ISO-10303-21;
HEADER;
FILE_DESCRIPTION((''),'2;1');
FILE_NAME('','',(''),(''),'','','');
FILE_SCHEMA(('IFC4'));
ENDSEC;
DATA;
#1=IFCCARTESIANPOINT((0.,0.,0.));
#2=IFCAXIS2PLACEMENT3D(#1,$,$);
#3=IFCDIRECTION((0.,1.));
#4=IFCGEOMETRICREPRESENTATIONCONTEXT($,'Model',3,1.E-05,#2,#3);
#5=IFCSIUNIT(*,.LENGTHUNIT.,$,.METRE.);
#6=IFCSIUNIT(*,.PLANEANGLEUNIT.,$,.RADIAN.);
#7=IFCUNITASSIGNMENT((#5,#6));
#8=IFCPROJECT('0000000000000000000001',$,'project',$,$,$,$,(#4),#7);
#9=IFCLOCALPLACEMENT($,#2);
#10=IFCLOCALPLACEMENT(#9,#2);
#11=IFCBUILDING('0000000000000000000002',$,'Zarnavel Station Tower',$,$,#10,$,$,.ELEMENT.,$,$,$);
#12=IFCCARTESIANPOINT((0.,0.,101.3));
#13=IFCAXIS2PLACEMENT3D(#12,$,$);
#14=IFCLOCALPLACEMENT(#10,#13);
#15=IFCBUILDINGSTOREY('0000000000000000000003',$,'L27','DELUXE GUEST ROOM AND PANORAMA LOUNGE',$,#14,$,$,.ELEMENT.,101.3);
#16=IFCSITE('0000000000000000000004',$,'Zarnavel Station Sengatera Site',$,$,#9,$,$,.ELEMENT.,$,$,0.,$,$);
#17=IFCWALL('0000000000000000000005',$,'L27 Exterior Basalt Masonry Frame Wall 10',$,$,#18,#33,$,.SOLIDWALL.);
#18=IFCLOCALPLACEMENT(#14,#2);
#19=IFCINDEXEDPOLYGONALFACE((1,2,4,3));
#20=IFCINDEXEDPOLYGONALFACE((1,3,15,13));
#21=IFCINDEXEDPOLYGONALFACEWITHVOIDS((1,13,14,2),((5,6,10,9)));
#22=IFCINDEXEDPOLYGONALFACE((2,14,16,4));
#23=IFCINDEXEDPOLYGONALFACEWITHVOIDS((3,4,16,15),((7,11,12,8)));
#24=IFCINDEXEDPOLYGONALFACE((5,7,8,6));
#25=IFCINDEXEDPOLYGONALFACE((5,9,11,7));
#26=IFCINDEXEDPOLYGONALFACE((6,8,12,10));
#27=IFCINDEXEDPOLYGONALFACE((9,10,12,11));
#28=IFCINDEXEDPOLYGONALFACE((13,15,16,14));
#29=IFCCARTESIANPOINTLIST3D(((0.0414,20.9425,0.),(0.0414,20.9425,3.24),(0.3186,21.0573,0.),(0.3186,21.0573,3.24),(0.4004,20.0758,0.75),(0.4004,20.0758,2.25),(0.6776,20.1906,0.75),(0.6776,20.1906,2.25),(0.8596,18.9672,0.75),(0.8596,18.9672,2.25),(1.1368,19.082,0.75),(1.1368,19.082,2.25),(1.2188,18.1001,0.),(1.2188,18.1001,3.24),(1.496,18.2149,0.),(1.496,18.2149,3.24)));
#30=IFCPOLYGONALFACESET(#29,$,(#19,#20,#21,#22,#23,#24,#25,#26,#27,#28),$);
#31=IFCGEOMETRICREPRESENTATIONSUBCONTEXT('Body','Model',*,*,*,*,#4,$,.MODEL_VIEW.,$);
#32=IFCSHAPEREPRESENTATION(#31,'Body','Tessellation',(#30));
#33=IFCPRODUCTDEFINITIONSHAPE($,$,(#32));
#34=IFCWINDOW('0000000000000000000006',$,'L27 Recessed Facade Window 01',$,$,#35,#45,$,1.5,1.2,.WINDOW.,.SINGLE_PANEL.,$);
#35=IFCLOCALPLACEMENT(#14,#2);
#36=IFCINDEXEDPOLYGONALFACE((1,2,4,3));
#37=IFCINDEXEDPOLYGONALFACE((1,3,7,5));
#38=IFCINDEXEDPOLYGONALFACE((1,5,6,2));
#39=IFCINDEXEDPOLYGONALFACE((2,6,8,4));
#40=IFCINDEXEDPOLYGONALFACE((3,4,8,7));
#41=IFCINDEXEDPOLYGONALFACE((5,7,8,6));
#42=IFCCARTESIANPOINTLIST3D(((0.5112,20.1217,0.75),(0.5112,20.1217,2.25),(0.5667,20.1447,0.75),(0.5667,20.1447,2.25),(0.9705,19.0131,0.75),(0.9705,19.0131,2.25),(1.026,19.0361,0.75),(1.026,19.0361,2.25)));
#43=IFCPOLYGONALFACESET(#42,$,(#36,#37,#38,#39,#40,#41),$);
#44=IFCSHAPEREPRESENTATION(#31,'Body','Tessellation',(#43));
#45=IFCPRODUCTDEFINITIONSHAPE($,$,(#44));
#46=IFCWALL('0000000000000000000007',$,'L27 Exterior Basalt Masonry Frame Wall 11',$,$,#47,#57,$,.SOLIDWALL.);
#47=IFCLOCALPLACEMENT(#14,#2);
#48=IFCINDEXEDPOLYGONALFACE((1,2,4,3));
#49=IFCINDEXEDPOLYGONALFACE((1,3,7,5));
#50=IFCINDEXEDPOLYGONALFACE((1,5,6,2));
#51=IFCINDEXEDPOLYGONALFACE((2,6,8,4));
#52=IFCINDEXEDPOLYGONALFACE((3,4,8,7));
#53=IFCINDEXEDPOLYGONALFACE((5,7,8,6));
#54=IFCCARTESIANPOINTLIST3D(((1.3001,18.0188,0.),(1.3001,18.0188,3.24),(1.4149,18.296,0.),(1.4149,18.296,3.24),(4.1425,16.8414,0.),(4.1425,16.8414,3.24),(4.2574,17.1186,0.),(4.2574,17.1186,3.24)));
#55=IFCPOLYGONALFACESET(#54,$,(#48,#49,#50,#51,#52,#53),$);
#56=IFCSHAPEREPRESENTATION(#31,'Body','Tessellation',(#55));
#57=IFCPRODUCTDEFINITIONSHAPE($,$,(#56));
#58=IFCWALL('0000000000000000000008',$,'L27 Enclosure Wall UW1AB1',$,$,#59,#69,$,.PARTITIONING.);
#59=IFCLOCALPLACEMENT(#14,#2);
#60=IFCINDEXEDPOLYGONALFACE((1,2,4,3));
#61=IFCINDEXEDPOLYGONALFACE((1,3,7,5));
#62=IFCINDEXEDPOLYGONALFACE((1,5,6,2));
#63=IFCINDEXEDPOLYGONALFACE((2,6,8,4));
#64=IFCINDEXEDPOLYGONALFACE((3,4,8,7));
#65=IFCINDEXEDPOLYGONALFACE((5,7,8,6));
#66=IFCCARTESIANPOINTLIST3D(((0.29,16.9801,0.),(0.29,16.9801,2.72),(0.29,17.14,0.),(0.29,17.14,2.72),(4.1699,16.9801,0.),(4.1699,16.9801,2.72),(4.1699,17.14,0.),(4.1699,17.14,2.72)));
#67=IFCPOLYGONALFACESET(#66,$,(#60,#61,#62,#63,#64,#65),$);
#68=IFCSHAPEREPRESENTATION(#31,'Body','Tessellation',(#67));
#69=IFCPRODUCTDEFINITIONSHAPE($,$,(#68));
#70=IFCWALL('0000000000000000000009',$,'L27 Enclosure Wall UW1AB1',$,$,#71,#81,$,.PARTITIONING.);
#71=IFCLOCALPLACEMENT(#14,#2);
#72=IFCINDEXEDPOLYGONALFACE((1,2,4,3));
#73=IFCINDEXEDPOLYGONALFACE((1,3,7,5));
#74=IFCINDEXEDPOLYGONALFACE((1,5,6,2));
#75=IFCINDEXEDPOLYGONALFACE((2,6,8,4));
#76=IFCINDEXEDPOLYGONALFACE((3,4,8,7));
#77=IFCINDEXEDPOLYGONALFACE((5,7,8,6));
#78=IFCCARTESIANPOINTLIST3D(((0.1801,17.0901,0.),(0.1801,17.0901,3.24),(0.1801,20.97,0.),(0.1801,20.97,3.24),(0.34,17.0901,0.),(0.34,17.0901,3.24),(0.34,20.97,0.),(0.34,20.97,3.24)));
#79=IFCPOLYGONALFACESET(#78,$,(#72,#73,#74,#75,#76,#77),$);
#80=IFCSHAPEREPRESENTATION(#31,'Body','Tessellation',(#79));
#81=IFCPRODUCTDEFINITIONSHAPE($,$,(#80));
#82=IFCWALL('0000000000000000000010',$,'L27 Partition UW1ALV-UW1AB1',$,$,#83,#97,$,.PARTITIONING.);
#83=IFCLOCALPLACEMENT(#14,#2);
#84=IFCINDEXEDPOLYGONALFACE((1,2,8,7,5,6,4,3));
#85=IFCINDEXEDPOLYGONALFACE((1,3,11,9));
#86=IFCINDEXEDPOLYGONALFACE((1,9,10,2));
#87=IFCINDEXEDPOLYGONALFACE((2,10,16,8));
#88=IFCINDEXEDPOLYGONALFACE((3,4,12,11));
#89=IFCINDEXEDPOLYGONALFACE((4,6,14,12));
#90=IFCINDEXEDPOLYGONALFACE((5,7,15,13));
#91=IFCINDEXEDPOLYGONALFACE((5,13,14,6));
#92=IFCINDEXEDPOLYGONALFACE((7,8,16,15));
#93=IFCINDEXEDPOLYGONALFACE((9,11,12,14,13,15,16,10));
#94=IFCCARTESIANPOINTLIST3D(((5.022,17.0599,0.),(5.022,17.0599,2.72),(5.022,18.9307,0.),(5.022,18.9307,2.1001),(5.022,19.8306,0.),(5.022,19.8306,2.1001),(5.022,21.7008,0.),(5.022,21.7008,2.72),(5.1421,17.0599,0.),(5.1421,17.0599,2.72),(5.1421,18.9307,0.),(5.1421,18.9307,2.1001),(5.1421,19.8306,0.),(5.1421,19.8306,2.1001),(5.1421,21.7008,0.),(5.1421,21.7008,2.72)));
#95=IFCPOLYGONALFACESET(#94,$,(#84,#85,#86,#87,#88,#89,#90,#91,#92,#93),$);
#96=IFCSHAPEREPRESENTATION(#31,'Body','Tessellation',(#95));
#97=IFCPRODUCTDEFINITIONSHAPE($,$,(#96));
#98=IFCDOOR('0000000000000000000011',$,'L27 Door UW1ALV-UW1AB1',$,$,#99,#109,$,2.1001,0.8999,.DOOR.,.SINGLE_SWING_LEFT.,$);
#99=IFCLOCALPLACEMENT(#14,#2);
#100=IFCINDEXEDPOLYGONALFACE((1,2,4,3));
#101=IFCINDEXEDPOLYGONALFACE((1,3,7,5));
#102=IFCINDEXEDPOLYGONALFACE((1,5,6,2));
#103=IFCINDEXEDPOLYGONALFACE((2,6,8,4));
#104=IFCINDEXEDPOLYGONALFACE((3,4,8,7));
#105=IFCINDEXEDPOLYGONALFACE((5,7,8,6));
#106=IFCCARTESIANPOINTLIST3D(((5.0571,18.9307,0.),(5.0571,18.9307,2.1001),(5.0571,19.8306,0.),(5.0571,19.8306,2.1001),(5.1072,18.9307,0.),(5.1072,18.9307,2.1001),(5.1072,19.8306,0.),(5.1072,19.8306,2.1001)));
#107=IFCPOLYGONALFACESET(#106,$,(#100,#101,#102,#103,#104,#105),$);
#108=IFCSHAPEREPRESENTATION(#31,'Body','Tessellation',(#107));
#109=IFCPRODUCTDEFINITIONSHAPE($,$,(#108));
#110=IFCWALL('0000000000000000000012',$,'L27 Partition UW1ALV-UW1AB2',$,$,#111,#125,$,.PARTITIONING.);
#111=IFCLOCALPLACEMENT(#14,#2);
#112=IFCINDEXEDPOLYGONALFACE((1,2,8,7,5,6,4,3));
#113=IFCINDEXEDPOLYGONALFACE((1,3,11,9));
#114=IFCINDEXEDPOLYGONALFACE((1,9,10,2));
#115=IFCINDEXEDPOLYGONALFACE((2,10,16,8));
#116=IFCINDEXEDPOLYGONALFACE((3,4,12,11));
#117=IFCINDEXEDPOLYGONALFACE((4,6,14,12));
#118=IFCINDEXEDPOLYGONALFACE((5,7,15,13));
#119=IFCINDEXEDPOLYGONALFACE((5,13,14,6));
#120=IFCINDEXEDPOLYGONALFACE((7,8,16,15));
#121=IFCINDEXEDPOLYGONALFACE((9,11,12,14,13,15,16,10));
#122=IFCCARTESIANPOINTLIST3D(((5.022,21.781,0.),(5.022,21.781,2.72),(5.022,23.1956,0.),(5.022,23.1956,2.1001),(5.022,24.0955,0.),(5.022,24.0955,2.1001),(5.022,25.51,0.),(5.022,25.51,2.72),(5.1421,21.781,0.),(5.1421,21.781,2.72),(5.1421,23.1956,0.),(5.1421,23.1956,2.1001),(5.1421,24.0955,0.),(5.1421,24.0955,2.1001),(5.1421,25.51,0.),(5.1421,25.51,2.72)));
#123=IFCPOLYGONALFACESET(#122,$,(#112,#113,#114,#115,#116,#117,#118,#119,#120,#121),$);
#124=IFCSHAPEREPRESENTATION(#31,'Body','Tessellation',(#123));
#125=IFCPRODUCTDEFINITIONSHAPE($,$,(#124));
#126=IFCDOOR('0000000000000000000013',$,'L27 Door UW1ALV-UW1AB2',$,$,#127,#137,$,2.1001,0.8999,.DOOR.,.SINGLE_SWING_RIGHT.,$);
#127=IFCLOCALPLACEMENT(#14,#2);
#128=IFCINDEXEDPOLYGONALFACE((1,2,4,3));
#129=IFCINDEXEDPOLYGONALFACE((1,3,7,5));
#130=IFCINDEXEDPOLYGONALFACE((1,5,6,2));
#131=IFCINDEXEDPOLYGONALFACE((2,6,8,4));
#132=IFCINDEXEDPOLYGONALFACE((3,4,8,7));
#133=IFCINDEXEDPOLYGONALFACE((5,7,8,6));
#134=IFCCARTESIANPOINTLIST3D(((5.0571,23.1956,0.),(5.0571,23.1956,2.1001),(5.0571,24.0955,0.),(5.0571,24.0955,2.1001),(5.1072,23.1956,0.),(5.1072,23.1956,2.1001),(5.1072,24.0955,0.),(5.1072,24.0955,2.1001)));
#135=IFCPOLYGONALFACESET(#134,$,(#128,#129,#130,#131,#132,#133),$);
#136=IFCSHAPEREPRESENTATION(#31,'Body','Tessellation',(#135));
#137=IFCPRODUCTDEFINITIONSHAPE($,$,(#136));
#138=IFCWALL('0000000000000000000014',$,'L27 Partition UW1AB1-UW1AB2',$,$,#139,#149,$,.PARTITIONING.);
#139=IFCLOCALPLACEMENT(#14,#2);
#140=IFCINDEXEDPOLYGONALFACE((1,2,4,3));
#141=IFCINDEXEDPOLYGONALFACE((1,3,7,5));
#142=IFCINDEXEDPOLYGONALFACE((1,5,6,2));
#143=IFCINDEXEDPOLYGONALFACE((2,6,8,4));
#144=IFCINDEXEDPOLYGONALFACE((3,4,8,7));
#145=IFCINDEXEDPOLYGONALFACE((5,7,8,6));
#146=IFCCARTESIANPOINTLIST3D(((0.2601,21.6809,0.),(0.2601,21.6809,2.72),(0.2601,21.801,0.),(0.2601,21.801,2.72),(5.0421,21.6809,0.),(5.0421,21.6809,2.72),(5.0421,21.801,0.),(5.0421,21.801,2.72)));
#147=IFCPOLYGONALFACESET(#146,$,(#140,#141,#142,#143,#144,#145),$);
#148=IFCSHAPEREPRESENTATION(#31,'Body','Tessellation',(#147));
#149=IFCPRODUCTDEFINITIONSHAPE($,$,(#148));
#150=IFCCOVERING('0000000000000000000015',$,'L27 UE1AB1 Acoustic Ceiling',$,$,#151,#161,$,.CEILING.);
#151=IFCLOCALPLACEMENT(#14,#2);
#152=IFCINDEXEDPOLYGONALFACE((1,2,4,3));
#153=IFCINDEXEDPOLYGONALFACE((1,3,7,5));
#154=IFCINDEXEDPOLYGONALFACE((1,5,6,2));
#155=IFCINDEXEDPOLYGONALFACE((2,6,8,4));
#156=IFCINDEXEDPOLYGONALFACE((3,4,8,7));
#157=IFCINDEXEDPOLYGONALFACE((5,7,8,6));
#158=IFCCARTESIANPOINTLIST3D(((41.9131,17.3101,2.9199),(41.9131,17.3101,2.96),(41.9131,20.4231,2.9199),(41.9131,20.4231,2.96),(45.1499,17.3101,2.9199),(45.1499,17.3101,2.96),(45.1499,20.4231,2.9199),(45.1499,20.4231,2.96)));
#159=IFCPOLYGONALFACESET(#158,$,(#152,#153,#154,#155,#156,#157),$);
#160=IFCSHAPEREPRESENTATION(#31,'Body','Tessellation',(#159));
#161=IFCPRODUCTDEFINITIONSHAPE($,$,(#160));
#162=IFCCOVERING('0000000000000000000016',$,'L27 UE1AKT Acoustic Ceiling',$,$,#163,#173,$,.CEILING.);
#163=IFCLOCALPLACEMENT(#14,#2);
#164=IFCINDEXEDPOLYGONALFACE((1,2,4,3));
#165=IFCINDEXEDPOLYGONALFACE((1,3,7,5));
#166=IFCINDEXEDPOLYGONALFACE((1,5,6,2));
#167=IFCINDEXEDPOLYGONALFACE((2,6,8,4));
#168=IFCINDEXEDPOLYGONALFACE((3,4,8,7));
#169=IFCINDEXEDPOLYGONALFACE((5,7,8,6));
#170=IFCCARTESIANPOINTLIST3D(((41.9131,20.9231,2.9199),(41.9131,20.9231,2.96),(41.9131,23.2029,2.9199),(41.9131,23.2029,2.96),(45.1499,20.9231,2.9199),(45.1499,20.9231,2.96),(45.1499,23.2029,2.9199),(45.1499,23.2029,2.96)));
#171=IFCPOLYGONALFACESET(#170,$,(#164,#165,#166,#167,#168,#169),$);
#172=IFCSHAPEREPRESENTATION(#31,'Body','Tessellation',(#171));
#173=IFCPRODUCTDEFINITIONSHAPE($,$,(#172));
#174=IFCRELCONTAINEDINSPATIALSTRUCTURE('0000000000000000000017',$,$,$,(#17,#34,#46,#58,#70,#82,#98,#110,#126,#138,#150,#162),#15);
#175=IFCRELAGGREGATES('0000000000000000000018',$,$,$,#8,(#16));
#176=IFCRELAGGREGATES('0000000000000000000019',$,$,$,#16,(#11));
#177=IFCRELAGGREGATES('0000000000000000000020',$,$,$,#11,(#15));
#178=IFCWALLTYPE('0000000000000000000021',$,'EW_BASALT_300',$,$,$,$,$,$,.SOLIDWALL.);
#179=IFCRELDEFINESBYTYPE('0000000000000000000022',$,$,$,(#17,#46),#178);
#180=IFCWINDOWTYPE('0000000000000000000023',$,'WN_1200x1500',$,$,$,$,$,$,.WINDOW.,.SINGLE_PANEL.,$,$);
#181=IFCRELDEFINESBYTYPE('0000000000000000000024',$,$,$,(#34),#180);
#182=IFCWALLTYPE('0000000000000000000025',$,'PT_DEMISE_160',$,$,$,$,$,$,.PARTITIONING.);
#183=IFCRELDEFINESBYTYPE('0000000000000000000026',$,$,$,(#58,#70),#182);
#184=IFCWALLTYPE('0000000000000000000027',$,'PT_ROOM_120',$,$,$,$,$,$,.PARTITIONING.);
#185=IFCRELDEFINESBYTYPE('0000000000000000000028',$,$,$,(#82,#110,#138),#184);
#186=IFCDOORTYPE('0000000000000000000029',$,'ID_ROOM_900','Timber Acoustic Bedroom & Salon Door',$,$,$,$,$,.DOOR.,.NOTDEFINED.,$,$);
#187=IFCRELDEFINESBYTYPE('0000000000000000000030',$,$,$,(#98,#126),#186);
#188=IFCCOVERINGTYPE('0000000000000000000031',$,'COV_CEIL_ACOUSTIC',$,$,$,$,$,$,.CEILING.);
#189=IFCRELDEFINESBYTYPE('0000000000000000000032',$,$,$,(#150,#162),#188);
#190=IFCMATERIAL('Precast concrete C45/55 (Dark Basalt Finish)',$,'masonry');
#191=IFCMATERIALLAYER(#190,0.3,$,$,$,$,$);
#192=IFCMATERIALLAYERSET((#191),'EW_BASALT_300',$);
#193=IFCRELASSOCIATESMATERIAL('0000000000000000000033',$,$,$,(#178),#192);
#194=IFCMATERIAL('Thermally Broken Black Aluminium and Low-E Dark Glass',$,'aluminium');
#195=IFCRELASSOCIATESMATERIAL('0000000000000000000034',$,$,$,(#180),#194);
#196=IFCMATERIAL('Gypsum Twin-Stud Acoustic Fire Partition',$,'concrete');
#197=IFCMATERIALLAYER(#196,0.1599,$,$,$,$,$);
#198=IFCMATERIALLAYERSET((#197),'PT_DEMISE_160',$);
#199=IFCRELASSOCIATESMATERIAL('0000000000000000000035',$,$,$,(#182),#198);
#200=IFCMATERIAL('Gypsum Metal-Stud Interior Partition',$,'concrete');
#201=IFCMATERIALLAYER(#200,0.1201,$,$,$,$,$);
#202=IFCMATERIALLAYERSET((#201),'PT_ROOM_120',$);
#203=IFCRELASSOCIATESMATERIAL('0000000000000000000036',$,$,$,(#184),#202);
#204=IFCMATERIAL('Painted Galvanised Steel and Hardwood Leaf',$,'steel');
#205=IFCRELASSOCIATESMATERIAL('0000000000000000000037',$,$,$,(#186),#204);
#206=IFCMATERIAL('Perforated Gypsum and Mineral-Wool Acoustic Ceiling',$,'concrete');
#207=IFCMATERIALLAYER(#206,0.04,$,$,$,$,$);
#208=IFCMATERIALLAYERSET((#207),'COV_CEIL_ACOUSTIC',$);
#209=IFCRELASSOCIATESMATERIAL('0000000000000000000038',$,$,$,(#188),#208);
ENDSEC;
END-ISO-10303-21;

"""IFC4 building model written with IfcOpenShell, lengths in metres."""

from ifc_helpers import new_model, si_unit, direction, frame, frame_2d, origin, place, context, subcontext, project, spatial, polyline, rectangle, outline, extrude, material, layer, layer_set, type_object, element, fill, save


model = new_model("IFC4")

# Units and contexts
model_context = context("Model", 3, precision=1e-05, world=origin(), true_north=direction((0.0, 1.0)))
body_context = subcontext(model_context, "Body", "Model", "MODEL_VIEW")
ifc_project = project(units=[si_unit("LENGTHUNIT", "METRE"), si_unit("PLANEANGLEUNIT", "RADIAN")], contexts=[model_context])

# Site, building, storey
site_placement = place(None, origin())
site = spatial("IfcSite", under=ifc_project, at=site_placement, Name="Zarnavel Station Sengatera Site", CompositionType="ELEMENT", RefElevation=0.0)
building_placement = place(site_placement, origin())
building = spatial("IfcBuilding", under=site, at=building_placement, Name="Zarnavel Station Tower", CompositionType="ELEMENT")
storey_placement = place(building_placement, frame((0.0, 0.0, 101.3)))
storey = spatial("IfcBuildingStorey", under=building, at=storey_placement, Name="L27", Description="DELUXE GUEST ROOM AND PANORAMA LOUNGE", CompositionType="ELEMENT", Elevation=101.3)

# Shared definitions
ifc_material_1 = material(Name="Precast concrete C45/55 (Dark Basalt Finish)", Category="masonry")
ifc_layer_1 = layer(ifc_material_1, 0.3)
ifc_layer_set_1 = layer_set([ifc_layer_1], Name="EW_BASALT_300")
wall_type_1 = type_object("IfcWallType", Name="EW_BASALT_300", PredefinedType="SOLIDWALL", material=ifc_layer_set_1)

# Wall, opening, window
wall_1_placement = place(storey_placement, frame((1.3574, 18.1575, 0.0), z_axis=(0.0, 0.0, 1.0), x_axis=(-0.382705, 0.923871, 0.0)))
wall_1 = element("IfcWall", 1, at=wall_1_placement, inside=storey, type_object=wall_type_1, Name="L27 Exterior Basalt Masonry Frame Wall 10", PredefinedType="SOLIDWALL", context=body_context, shape_type="SweptSolid", body=[
    extrude(rectangle(XDim=3.0767, YDim=0.3, at=frame_2d((1.5383, 0.0))), origin(), (0.0, 0.0, 1.0), 3.24),
])
opening_1_placement = place(wall_1_placement, frame((0.9385, 0.0, 0.75)))
opening_1 = element("IfcOpeningElement", 2, at=opening_1_placement, cuts=wall_1, PredefinedType="OPENING", context=body_context, shape_type="SweptSolid", body=[
    extrude(rectangle(XDim=1.2, YDim=1.5, at=frame_2d((0.6001, 0.75))), frame((0.0, 0.1599, 0.0), z_axis=(0.0, -1.0, 0.0), x_axis=(1.0, 0.0, 0.0)), (0.0, 0.0, 1.0), 0.3201),
])
ifc_material_2 = material(Name="Thermally Broken Black Aluminium and Low-E Dark Glass", Category="aluminium")
window_type_1 = type_object("IfcWindowType", Name="WN_1200x1500", PartitioningType="SINGLE_PANEL", PredefinedType="WINDOW", material=ifc_material_2)
window_1_placement = place(opening_1_placement, origin())
window_1 = element("IfcWindow", 3, at=window_1_placement, inside=storey, type_object=window_type_1, Name="L27 Recessed Facade Window 01", OverallHeight=1.5, OverallWidth=1.2, PartitioningType="SINGLE_PANEL", PredefinedType="WINDOW", context=body_context, shape_type="SweptSolid", body=[
    extrude(rectangle(XDim=1.2, YDim=1.5, at=frame_2d((0.6001, 0.75))), frame((0.0, 0.03, 0.0), z_axis=(0.0, -1.0, 0.0), x_axis=(1.0, 0.0, 0.0)), (0.0, 0.0, 1.0), 0.0601),
])
fill(opening_1, window_1)

# Walls
wall_2_placement = place(storey_placement, frame((4.2, 16.98, 0.0), z_axis=(0.0, 0.0, 1.0), x_axis=(-0.923871, 0.382705, 0.0)))
element("IfcWall", 4, at=wall_2_placement, inside=storey, type_object=wall_type_1, Name="L27 Exterior Basalt Masonry Frame Wall 11", PredefinedType="SOLIDWALL", context=body_context, shape_type="SweptSolid", body=[
    extrude(rectangle(XDim=3.0767, YDim=0.3, at=frame_2d((1.5383, 0.0))), origin(), (0.0, 0.0, 1.0), 3.24),
])
ifc_material_3 = material(Name="Gypsum Twin-Stud Acoustic Fire Partition", Category="concrete")
ifc_layer_2 = layer(ifc_material_3, 0.1599)
ifc_layer_set_2 = layer_set([ifc_layer_2], Name="PT_DEMISE_160")
wall_type_2 = type_object("IfcWallType", Name="PT_DEMISE_160", PredefinedType="PARTITIONING", material=ifc_layer_set_2)
wall_3_placement = place(storey_placement, frame((0.29, 17.0601, 0.0), z_axis=(0.0, 0.0, 1.0), x_axis=(1.0, 0.0, 0.0)))
element("IfcWall", 5, at=wall_3_placement, inside=storey, type_object=wall_type_2, Name="L27 Enclosure Wall UW1AB1", PredefinedType="PARTITIONING", context=body_context, shape_type="SweptSolid", body=[
    extrude(rectangle(XDim=3.8799, YDim=0.1599, at=frame_2d((1.9399, 0.0))), origin(), (0.0, 0.0, 1.0), 2.72),
])
wall_4_placement = place(storey_placement, frame((0.26, 17.0901, 0.0), z_axis=(0.0, 0.0, 1.0), x_axis=(0.0, 1.0, 0.0)))
element("IfcWall", 6, at=wall_4_placement, inside=storey, type_object=wall_type_2, Name="L27 Enclosure Wall UW1AB1", PredefinedType="PARTITIONING", context=body_context, shape_type="SweptSolid", body=[
    extrude(rectangle(XDim=3.8799, YDim=0.1599, at=frame_2d((1.9399, 0.0))), origin(), (0.0, 0.0, 1.0), 3.24),
])

# Walls, openings, doors
ifc_material_4 = material(Name="Gypsum Metal-Stud Interior Partition", Category="concrete")
ifc_layer_3 = layer(ifc_material_4, 0.1201)
ifc_layer_set_3 = layer_set([ifc_layer_3], Name="PT_ROOM_120")
wall_type_3 = type_object("IfcWallType", Name="PT_ROOM_120", PredefinedType="PARTITIONING", material=ifc_layer_set_3)
wall_5_placement = place(storey_placement, frame((5.082, 17.0601, 0.0), z_axis=(0.0, 0.0, 1.0), x_axis=(0.0, 1.0, 0.0)))
wall_5 = element("IfcWall", 7, at=wall_5_placement, inside=storey, type_object=wall_type_3, Name="L27 Partition UW1ALV-UW1AB1", PredefinedType="PARTITIONING", context=body_context, shape_type="SweptSolid", body=[
    extrude(rectangle(XDim=4.6409, YDim=0.1201, at=frame_2d((2.3203, 0.0))), origin(), (0.0, 0.0, 1.0), 2.72),
])
opening_2_placement = place(wall_5_placement, frame((1.8706, 0.0, 0.0)))
opening_2 = element("IfcOpeningElement", 8, at=opening_2_placement, cuts=wall_5, PredefinedType="OPENING", context=body_context, shape_type="SweptSolid", body=[
    extrude(rectangle(XDim=0.8999, YDim=2.1001, at=frame_2d((0.45, 1.05))), frame((0.0, 0.0701, 0.0), z_axis=(0.0, -1.0, 0.0), x_axis=(1.0, 0.0, 0.0)), (0.0, 0.0, 1.0), 0.1401),
])
ifc_material_5 = material(Name="Painted Galvanised Steel and Hardwood Leaf", Category="steel")
door_type_1 = type_object("IfcDoorType", Name="ID_ROOM_900", Description="Timber Acoustic Bedroom & Salon Door", OperationType="NOTDEFINED", PredefinedType="DOOR", material=ifc_material_5)
door_1_placement = place(opening_2_placement, origin())
door_1 = element("IfcDoor", 9, at=door_1_placement, inside=storey, type_object=door_type_1, Name="L27 Door UW1ALV-UW1AB1", OperationType="SINGLE_SWING_LEFT", OverallHeight=2.1001, OverallWidth=0.8999, PredefinedType="DOOR", context=body_context, shape_type="SweptSolid", body=[
    extrude(rectangle(XDim=0.8999, YDim=2.1001, at=frame_2d((0.45, 1.05))), frame((0.0, 0.0249, 0.0), z_axis=(0.0, -1.0, 0.0), x_axis=(1.0, 0.0, 0.0)), (0.0, 0.0, 1.0), 0.05),
])
fill(opening_2, door_1)
wall_6_placement = place(storey_placement, frame((5.082, 21.781, 0.0), z_axis=(0.0, 0.0, 1.0), x_axis=(0.0, 1.0, 0.0)))
wall_6 = element("IfcWall", 10, at=wall_6_placement, inside=storey, type_object=wall_type_3, Name="L27 Partition UW1ALV-UW1AB2", PredefinedType="PARTITIONING", context=body_context, shape_type="SweptSolid", body=[
    extrude(rectangle(XDim=3.729, YDim=0.1201, at=frame_2d((1.8645, 0.0))), origin(), (0.0, 0.0, 1.0), 2.72),
])
opening_3_placement = place(wall_6_placement, frame((1.4146, 0.0, 0.0)))
opening_3 = element("IfcOpeningElement", 11, at=opening_3_placement, cuts=wall_6, PredefinedType="OPENING", context=body_context, shape_type="SweptSolid", body=[
    extrude(rectangle(XDim=0.8999, YDim=2.1001, at=frame_2d((0.45, 1.05))), frame((0.0, 0.0701, 0.0), z_axis=(0.0, -1.0, 0.0), x_axis=(1.0, 0.0, 0.0)), (0.0, 0.0, 1.0), 0.1401),
])
door_2_placement = place(opening_3_placement, origin())
door_2 = element("IfcDoor", 12, at=door_2_placement, inside=storey, type_object=door_type_1, Name="L27 Door UW1ALV-UW1AB2", OperationType="SINGLE_SWING_RIGHT", OverallHeight=2.1001, OverallWidth=0.8999, PredefinedType="DOOR", context=body_context, shape_type="SweptSolid", body=[
    extrude(rectangle(XDim=0.8999, YDim=2.1001, at=frame_2d((0.45, 1.05))), frame((0.0, 0.0249, 0.0), z_axis=(0.0, -1.0, 0.0), x_axis=(1.0, 0.0, 0.0)), (0.0, 0.0, 1.0), 0.05),
])
fill(opening_3, door_2)

# Wall
wall_7_placement = place(storey_placement, frame((0.26, 21.741, 0.0), z_axis=(0.0, 0.0, 1.0), x_axis=(1.0, 0.0, 0.0)))
element("IfcWall", 13, at=wall_7_placement, inside=storey, type_object=wall_type_3, Name="L27 Partition UW1AB1-UW1AB2", PredefinedType="PARTITIONING", context=body_context, shape_type="SweptSolid", body=[
    extrude(rectangle(XDim=4.782, YDim=0.1201, at=frame_2d((2.3911, 0.0))), origin(), (0.0, 0.0, 1.0), 2.72),
])

# Coverings
ifc_material_6 = material(Name="Perforated Gypsum and Mineral-Wool Acoustic Ceiling", Category="concrete")
ifc_layer_4 = layer(ifc_material_6, 0.04)
ifc_layer_set_4 = layer_set([ifc_layer_4], Name="COV_CEIL_ACOUSTIC")
covering_type = type_object("IfcCoveringType", Name="COV_CEIL_ACOUSTIC", PredefinedType="CEILING", material=ifc_layer_set_4)
covering_1_placement = place(storey_placement, frame((0.0, 0.0, 2.9199)))
element("IfcCovering", 14, at=covering_1_placement, inside=storey, type_object=covering_type, Name="L27 UE1AB1 Acoustic Ceiling", PredefinedType="CEILING", context=body_context, shape_type="SweptSolid", body=[
    extrude(outline(polyline([(41.9131, 17.3101), (45.1499, 17.3101), (45.1499, 20.4231), (41.9131, 20.4231), (41.9131, 17.3101)])), origin(), (0.0, 0.0, 1.0), 0.04),
])
covering_2_placement = place(storey_placement, frame((0.0, 0.0, 2.9199)))
element("IfcCovering", 15, at=covering_2_placement, inside=storey, type_object=covering_type, Name="L27 UE1AKT Acoustic Ceiling", PredefinedType="CEILING", context=body_context, shape_type="SweptSolid", body=[
    extrude(outline(polyline([(41.9131, 20.9231), (45.1499, 20.9231), (45.1499, 23.2029), (41.9131, 23.2029), (41.9131, 20.9231)])), origin(), (0.0, 0.0, 1.0), 0.04),
])

save(model, "model.ifc")
